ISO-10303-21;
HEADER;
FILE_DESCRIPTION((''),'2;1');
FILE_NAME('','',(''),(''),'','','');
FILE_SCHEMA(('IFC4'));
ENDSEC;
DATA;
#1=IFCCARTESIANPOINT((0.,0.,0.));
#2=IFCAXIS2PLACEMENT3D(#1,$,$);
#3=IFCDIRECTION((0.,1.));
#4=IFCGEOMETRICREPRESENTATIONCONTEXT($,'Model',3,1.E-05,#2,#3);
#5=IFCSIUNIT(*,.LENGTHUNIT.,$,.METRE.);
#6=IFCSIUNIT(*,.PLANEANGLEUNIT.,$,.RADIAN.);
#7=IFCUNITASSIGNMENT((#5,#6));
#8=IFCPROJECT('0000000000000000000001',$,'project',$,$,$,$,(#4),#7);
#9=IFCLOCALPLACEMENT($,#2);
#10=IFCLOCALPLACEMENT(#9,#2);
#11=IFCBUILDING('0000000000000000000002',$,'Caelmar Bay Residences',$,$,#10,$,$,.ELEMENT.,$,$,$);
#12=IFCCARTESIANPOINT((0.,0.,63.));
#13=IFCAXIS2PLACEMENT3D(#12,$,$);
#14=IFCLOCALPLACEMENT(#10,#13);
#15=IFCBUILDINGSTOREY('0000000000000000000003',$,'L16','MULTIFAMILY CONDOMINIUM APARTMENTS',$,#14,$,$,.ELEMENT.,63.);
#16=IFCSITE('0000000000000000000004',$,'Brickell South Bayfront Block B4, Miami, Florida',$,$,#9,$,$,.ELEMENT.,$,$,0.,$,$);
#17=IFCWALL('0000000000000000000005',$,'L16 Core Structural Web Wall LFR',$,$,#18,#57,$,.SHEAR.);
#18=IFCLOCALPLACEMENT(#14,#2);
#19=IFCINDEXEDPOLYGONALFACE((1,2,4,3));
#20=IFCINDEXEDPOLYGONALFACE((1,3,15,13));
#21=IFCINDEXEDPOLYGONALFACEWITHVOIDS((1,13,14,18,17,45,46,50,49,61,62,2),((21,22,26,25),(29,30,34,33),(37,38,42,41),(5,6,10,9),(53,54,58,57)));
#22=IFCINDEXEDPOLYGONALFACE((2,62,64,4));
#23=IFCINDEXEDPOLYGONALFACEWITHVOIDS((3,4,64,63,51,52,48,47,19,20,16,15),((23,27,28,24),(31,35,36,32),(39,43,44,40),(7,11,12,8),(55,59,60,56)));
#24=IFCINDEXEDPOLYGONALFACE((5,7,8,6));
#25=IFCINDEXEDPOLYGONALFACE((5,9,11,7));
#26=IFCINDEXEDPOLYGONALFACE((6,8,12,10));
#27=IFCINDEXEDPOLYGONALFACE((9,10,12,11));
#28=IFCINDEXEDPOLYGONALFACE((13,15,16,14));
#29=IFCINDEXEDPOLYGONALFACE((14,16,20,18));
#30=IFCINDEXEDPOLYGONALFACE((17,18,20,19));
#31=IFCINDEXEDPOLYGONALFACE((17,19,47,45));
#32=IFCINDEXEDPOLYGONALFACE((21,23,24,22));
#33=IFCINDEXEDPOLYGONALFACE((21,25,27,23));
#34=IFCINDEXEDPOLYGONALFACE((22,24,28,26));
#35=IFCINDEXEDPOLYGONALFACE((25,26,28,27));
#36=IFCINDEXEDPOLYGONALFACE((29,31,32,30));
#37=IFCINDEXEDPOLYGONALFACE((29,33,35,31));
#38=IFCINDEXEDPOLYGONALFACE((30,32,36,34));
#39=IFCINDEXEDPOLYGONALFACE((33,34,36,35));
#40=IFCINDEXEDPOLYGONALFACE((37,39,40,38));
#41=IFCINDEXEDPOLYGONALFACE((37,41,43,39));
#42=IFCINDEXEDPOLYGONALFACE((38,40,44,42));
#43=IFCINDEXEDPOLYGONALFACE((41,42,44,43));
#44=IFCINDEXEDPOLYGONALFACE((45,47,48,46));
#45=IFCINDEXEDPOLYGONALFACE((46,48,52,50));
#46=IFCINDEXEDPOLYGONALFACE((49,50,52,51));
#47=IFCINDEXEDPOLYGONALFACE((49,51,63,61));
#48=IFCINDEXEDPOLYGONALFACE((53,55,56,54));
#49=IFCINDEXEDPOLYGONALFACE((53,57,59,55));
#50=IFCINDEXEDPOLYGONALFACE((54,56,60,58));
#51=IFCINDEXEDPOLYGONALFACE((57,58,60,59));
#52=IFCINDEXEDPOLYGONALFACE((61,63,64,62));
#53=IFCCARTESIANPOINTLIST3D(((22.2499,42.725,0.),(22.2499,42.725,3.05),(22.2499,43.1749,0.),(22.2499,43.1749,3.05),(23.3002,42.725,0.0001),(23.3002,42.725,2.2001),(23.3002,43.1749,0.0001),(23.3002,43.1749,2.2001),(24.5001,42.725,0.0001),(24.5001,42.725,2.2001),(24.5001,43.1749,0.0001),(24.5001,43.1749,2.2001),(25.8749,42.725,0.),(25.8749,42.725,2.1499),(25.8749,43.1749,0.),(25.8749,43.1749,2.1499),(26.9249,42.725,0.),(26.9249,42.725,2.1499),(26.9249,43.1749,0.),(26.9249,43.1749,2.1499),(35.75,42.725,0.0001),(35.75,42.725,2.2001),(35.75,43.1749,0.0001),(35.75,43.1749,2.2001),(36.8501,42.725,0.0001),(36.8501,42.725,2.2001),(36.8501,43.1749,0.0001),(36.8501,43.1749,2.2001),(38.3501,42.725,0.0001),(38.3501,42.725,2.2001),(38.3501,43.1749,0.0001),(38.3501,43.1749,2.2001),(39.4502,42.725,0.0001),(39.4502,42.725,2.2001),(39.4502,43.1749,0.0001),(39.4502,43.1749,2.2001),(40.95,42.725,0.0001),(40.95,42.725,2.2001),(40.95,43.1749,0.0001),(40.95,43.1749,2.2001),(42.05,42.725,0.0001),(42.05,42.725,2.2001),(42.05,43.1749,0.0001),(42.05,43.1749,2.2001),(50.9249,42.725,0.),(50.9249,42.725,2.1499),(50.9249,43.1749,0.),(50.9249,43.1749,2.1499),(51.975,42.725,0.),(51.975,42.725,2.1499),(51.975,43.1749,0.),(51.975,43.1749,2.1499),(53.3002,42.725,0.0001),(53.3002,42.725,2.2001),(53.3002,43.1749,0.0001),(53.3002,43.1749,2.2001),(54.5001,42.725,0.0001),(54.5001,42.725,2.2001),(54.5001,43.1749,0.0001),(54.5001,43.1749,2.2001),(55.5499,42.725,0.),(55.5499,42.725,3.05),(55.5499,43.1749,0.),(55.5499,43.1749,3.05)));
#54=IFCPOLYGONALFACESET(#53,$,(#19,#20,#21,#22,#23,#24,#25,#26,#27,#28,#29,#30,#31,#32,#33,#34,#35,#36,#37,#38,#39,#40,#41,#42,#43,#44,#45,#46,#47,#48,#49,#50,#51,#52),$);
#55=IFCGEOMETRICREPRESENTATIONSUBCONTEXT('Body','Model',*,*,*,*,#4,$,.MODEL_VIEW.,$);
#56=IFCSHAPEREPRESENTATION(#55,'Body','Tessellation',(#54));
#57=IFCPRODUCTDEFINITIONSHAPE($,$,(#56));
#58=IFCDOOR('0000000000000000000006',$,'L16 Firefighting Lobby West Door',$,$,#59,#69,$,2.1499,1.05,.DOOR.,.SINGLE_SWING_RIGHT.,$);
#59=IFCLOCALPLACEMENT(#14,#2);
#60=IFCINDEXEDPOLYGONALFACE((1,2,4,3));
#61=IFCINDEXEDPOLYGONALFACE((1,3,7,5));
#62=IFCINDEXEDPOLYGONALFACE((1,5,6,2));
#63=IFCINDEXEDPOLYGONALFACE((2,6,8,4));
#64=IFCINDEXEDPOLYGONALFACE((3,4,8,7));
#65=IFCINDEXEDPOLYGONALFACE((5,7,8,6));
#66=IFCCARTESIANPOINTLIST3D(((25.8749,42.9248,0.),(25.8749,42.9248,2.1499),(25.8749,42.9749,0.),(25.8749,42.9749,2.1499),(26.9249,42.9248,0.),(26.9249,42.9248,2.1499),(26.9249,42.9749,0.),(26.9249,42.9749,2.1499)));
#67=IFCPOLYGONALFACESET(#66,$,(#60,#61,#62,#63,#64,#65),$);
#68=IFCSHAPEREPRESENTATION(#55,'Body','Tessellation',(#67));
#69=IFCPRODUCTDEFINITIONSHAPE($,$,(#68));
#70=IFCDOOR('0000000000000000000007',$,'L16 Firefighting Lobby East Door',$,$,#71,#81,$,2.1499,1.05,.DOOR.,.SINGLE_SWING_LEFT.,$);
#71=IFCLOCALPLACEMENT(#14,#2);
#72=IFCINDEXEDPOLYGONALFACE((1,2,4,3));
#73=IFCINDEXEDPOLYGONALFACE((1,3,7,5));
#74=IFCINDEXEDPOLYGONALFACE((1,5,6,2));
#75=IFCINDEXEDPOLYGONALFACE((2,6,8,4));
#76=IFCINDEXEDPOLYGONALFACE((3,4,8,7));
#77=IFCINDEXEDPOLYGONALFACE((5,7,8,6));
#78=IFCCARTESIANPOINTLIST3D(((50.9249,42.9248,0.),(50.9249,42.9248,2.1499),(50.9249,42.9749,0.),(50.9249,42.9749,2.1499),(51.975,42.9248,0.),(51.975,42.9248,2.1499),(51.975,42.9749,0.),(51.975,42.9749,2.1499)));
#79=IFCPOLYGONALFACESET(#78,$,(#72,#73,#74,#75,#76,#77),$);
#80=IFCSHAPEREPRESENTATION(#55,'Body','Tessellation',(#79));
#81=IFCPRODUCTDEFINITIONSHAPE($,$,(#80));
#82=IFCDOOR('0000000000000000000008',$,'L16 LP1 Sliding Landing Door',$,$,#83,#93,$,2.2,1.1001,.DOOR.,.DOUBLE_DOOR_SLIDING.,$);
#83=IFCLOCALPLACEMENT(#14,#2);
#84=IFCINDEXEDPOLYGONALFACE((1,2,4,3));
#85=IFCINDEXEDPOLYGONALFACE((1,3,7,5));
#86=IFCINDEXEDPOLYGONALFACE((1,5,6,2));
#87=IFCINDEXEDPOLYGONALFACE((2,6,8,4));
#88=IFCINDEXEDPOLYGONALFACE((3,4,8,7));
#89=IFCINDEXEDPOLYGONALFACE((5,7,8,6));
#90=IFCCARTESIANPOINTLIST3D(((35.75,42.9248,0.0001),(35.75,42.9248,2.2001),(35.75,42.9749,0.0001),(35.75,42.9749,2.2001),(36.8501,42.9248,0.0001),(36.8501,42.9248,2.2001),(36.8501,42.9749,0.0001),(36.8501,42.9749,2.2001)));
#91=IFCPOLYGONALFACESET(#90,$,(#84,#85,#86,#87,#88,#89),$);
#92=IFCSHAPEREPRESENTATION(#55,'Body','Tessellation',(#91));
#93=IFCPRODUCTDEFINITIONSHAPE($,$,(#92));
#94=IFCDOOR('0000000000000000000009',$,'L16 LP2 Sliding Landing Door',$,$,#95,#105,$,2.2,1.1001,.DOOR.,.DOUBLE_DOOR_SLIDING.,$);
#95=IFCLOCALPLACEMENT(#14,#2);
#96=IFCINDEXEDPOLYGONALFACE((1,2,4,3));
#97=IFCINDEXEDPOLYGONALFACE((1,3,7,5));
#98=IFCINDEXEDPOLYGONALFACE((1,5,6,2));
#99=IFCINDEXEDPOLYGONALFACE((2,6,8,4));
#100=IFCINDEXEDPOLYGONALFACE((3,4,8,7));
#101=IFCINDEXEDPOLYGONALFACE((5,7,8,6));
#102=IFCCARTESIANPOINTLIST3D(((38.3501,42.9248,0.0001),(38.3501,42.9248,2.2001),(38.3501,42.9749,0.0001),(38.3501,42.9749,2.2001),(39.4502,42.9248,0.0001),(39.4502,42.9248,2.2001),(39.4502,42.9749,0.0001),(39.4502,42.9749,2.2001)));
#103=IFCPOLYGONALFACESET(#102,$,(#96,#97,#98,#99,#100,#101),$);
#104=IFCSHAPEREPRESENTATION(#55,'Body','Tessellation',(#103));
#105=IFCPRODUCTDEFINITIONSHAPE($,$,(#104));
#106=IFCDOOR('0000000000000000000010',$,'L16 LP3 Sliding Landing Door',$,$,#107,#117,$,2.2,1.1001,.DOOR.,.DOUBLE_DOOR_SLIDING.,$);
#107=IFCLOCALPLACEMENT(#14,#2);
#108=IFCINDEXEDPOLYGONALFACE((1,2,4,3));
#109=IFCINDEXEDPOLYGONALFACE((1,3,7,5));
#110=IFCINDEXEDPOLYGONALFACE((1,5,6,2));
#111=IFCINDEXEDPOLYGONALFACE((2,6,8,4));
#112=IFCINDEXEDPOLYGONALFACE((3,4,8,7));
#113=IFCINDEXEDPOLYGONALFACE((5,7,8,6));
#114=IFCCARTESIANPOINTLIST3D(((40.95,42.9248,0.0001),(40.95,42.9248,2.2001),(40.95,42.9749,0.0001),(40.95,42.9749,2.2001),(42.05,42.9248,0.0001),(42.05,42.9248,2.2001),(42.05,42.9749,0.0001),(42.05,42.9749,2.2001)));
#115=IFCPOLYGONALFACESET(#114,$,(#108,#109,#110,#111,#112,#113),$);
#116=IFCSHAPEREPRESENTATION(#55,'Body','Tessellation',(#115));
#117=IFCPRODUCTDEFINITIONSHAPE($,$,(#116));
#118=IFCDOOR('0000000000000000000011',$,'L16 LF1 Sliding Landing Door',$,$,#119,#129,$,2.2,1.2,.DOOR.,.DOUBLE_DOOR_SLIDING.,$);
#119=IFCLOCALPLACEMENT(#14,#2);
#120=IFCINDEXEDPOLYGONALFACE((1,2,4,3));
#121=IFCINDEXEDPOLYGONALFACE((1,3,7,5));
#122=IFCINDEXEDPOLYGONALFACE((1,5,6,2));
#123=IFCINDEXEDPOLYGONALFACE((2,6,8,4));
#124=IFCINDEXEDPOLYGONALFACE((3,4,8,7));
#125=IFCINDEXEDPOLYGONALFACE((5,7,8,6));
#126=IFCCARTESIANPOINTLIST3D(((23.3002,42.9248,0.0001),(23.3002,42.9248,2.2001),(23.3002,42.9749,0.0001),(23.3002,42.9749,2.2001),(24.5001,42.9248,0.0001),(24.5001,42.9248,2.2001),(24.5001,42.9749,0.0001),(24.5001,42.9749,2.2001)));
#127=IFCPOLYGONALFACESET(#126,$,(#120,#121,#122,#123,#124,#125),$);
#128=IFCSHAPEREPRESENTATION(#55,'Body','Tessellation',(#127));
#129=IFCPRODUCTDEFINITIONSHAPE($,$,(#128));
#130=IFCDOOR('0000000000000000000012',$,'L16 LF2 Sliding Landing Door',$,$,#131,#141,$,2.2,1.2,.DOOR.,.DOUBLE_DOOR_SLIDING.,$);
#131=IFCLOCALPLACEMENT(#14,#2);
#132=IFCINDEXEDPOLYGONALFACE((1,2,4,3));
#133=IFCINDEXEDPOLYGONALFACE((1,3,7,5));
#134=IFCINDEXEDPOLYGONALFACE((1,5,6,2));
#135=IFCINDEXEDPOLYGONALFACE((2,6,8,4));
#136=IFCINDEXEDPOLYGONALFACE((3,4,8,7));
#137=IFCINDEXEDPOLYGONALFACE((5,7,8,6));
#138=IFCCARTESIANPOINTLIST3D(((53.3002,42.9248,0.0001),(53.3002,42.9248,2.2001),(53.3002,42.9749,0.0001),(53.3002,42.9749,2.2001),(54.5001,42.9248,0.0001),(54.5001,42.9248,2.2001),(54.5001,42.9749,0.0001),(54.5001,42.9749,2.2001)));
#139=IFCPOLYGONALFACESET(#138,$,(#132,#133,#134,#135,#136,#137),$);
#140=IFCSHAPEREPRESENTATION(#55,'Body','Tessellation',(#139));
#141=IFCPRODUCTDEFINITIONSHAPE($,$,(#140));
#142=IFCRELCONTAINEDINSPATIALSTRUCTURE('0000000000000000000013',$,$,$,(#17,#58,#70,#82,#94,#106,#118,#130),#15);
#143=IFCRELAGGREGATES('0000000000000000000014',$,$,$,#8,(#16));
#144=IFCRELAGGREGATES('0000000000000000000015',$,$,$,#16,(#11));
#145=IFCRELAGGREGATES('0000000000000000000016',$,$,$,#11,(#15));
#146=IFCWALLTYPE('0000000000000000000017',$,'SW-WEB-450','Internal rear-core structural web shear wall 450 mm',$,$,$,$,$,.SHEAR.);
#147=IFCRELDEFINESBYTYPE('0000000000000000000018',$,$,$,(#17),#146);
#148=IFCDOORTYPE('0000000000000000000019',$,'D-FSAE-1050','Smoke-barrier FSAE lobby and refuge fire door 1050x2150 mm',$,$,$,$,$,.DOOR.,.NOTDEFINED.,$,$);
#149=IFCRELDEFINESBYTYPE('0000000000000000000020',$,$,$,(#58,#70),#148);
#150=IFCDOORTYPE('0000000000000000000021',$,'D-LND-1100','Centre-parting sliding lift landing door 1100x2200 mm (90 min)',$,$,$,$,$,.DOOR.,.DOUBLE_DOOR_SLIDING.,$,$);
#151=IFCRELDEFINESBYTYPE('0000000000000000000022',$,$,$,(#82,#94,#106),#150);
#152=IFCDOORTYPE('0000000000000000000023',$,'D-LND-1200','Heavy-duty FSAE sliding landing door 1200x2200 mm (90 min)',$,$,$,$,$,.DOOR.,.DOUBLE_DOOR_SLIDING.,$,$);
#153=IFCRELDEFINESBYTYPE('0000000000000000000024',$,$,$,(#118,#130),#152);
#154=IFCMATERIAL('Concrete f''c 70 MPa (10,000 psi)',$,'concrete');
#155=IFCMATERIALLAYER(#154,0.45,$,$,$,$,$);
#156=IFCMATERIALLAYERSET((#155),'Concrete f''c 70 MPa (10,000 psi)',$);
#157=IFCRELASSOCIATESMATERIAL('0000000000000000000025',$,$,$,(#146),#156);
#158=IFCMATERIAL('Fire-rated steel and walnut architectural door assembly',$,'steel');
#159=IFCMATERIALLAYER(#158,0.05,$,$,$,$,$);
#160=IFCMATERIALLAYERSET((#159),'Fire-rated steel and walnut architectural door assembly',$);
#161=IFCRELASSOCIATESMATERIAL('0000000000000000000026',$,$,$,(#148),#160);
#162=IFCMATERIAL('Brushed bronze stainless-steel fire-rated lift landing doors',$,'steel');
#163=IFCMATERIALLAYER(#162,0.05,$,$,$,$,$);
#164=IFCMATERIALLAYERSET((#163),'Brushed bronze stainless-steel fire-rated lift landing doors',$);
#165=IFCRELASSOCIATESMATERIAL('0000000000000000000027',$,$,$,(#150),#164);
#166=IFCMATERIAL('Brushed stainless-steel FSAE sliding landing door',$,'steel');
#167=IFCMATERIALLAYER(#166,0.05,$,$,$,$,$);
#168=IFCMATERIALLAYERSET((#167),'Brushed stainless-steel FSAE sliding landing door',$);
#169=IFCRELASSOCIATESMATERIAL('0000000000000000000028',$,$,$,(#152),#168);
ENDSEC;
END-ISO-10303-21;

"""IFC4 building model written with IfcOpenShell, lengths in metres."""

from ifc_helpers import new_model, si_unit, direction, frame, frame_2d, origin, place, context, subcontext, project, spatial, rectangle, extrude, material, layer, layer_set, type_object, element, fill, save


model = new_model("IFC4")

# Units and contexts
model_context = context("Model", 3, precision=1e-05, world=origin(), true_north=direction((0.0, 1.0)))
body_context = subcontext(model_context, "Body", "Model", "MODEL_VIEW")
ifc_project = project(units=[si_unit("LENGTHUNIT", "METRE"), si_unit("PLANEANGLEUNIT", "RADIAN")], contexts=[model_context])

# Site, building, storey
site_placement = place(None, origin())
site = spatial("IfcSite", under=ifc_project, at=site_placement, Name="Brickell South Bayfront Block B4, Miami, Florida", CompositionType="ELEMENT", RefElevation=0.0)
building_placement = place(site_placement, origin())
building = spatial("IfcBuilding", under=site, at=building_placement, Name="Caelmar Bay Residences", CompositionType="ELEMENT")
storey_placement = place(building_placement, frame((0.0, 0.0, 63.0)))
storey = spatial("IfcBuildingStorey", under=building, at=storey_placement, Name="L16", Description="MULTIFAMILY CONDOMINIUM APARTMENTS", CompositionType="ELEMENT", Elevation=63.0)

# Shared definitions
ifc_material_1 = material(Name="Fire-rated steel and walnut architectural door assembly", Category="steel")

# Wall, openings, doors
ifc_material_2 = material(Name="Concrete f'c 70 MPa (10,000 psi)", Category="concrete")
ifc_layer_1 = layer(ifc_material_2, 0.45)
ifc_layer_set_1 = layer_set([ifc_layer_1], Name="Concrete f'c 70 MPa (10,000 psi)")
wall_type_1 = type_object("IfcWallType", Name="SW-WEB-450", Description="Internal rear-core structural web shear wall 450 mm", PredefinedType="SHEAR", material=ifc_layer_set_1)
wall_1_placement = place(storey_placement, frame((22.25, 42.95, 0.0), z_axis=(0.0, 0.0, 1.0), x_axis=(1.0, 0.0, 0.0)))
wall_1 = element("IfcWall", 1, at=wall_1_placement, inside=storey, type_object=wall_type_1, Name="L16 Core Structural Web Wall LFR", PredefinedType="SHEAR", context=body_context, shape_type="SweptSolid", body=[
    extrude(rectangle(XDim=33.3, YDim=0.45, at=frame_2d((16.6499, 0.0))), origin(), (0.0, 0.0, 1.0), 3.05),
])
opening_1_placement = place(wall_1_placement, frame((1.05, 0.0, 0.0)))
opening_1 = element("IfcOpeningElement", 2, at=opening_1_placement, cuts=wall_1, PredefinedType="OPENING", context=body_context, shape_type="SweptSolid", body=[
    extrude(rectangle(XDim=1.2, YDim=2.2, at=frame_2d((0.6001, 1.1001))), frame((0.0, 0.2349, 0.0), z_axis=(0.0, -1.0, 0.0), x_axis=(1.0, 0.0, 0.0)), (0.0, 0.0, 1.0), 0.47),
])
opening_2_placement = place(wall_1_placement, frame((31.05, 0.0, 0.0)))
opening_2 = element("IfcOpeningElement", 3, at=opening_2_placement, cuts=wall_1, PredefinedType="OPENING", context=body_context, shape_type="SweptSolid", body=[
    extrude(rectangle(XDim=1.2, YDim=2.2, at=frame_2d((0.6001, 1.1001))), frame((0.0, 0.2349, 0.0), z_axis=(0.0, -1.0, 0.0), x_axis=(1.0, 0.0, 0.0)), (0.0, 0.0, 1.0), 0.47),
])
opening_3_placement = place(wall_1_placement, frame((13.5, 0.0, 0.0)))
opening_3 = element("IfcOpeningElement", 4, at=opening_3_placement, cuts=wall_1, PredefinedType="OPENING", context=body_context, shape_type="SweptSolid", body=[
    extrude(rectangle(XDim=1.1001, YDim=2.2, at=frame_2d((0.55, 1.1001))), frame((0.0, 0.2349, 0.0), z_axis=(0.0, -1.0, 0.0), x_axis=(1.0, 0.0, 0.0)), (0.0, 0.0, 1.0), 0.47),
])
opening_4_placement = place(wall_1_placement, frame((16.1001, 0.0, 0.0)))
opening_4 = element("IfcOpeningElement", 5, at=opening_4_placement, cuts=wall_1, PredefinedType="OPENING", context=body_context, shape_type="SweptSolid", body=[
    extrude(rectangle(XDim=1.1001, YDim=2.2, at=frame_2d((0.55, 1.1001))), frame((0.0, 0.2349, 0.0), z_axis=(0.0, -1.0, 0.0), x_axis=(1.0, 0.0, 0.0)), (0.0, 0.0, 1.0), 0.47),
])
opening_5_placement = place(wall_1_placement, frame((18.7, 0.0, 0.0)))
opening_5 = element("IfcOpeningElement", 6, at=opening_5_placement, cuts=wall_1, PredefinedType="OPENING", context=body_context, shape_type="SweptSolid", body=[
    extrude(rectangle(XDim=1.1001, YDim=2.2, at=frame_2d((0.55, 1.1001))), frame((0.0, 0.2349, 0.0), z_axis=(0.0, -1.0, 0.0), x_axis=(1.0, 0.0, 0.0)), (0.0, 0.0, 1.0), 0.47),
])
opening_6_placement = place(wall_1_placement, frame((3.625, 0.0, 0.0)))
opening_6 = element("IfcOpeningElement", 7, at=opening_6_placement, cuts=wall_1, PredefinedType="OPENING", context=body_context, shape_type="SweptSolid", body=[
    extrude(rectangle(XDim=1.05, YDim=2.1499, at=frame_2d((0.5249, 1.075))), frame((0.0, 0.2349, 0.0), z_axis=(0.0, -1.0, 0.0), x_axis=(1.0, 0.0, 0.0)), (0.0, 0.0, 1.0), 0.47),
])
opening_7_placement = place(wall_1_placement, frame((28.675, 0.0, 0.0)))
opening_7 = element("IfcOpeningElement", 8, at=opening_7_placement, cuts=wall_1, PredefinedType="OPENING", context=body_context, shape_type="SweptSolid", body=[
    extrude(rectangle(XDim=1.05, YDim=2.1499, at=frame_2d((0.5249, 1.075))), frame((0.0, 0.2349, 0.0), z_axis=(0.0, -1.0, 0.0), x_axis=(1.0, 0.0, 0.0)), (0.0, 0.0, 1.0), 0.47),
])
ifc_layer_2 = layer(ifc_material_1, 0.05)
ifc_layer_set_2 = layer_set([ifc_layer_2], Name="Fire-rated steel and walnut architectural door assembly")
door_type_1 = type_object("IfcDoorType", Name="D-FSAE-1050", Description="Smoke-barrier FSAE lobby and refuge fire door 1050x2150 mm", OperationType="NOTDEFINED", PredefinedType="DOOR", material=ifc_layer_set_2)
door_1_placement = place(opening_6_placement, origin())
door_1 = element("IfcDoor", 9, at=door_1_placement, inside=storey, type_object=door_type_1, Name="L16 Firefighting Lobby West Door", OperationType="SINGLE_SWING_RIGHT", OverallHeight=2.1499, OverallWidth=1.05, PredefinedType="DOOR", context=body_context, shape_type="SweptSolid", body=[
    extrude(rectangle(XDim=1.05, YDim=2.1499, at=frame_2d((0.5249, 1.075))), frame((0.0, 0.0249, 0.0), z_axis=(0.0, -1.0, 0.0), x_axis=(1.0, 0.0, 0.0)), (0.0, 0.0, 1.0), 0.05),
])
fill(opening_6, door_1)
door_2_placement = place(opening_7_placement, origin())
door_2 = element("IfcDoor", 10, at=door_2_placement, inside=storey, type_object=door_type_1, Name="L16 Firefighting Lobby East Door", OperationType="SINGLE_SWING_LEFT", OverallHeight=2.1499, OverallWidth=1.05, PredefinedType="DOOR", context=body_context, shape_type="SweptSolid", body=[
    extrude(rectangle(XDim=1.05, YDim=2.1499, at=frame_2d((0.5249, 1.075))), frame((0.0, 0.0249, 0.0), z_axis=(0.0, -1.0, 0.0), x_axis=(1.0, 0.0, 0.0)), (0.0, 0.0, 1.0), 0.05),
])
fill(opening_7, door_2)
ifc_material_3 = material(Name="Brushed bronze stainless-steel fire-rated lift landing doors", Category="steel")
ifc_layer_3 = layer(ifc_material_3, 0.05)
ifc_layer_set_3 = layer_set([ifc_layer_3], Name="Brushed bronze stainless-steel fire-rated lift landing doors")
door_type_2 = type_object("IfcDoorType", Name="D-LND-1100", Description="Centre-parting sliding lift landing door 1100x2200 mm (90 min)", OperationType="DOUBLE_DOOR_SLIDING", PredefinedType="DOOR", material=ifc_layer_set_3)
door_3_placement = place(opening_3_placement, origin())
door_3 = element("IfcDoor", 11, at=door_3_placement, inside=storey, type_object=door_type_2, Name="L16 LP1 Sliding Landing Door", OperationType="DOUBLE_DOOR_SLIDING", OverallHeight=2.2, OverallWidth=1.1001, PredefinedType="DOOR", context=body_context, shape_type="SweptSolid", body=[
    extrude(rectangle(XDim=1.1001, YDim=2.2, at=frame_2d((0.55, 1.1001))), frame((0.0, 0.0249, 0.0), z_axis=(0.0, -1.0, 0.0), x_axis=(1.0, 0.0, 0.0)), (0.0, 0.0, 1.0), 0.05),
])
fill(opening_3, door_3)
door_4_placement = place(opening_4_placement, origin())
door_4 = element("IfcDoor", 12, at=door_4_placement, inside=storey, type_object=door_type_2, Name="L16 LP2 Sliding Landing Door", OperationType="DOUBLE_DOOR_SLIDING", OverallHeight=2.2, OverallWidth=1.1001, PredefinedType="DOOR", context=body_context, shape_type="SweptSolid", body=[
    extrude(rectangle(XDim=1.1001, YDim=2.2, at=frame_2d((0.55, 1.1001))), frame((0.0, 0.0249, 0.0), z_axis=(0.0, -1.0, 0.0), x_axis=(1.0, 0.0, 0.0)), (0.0, 0.0, 1.0), 0.05),
])
fill(opening_4, door_4)
door_5_placement = place(opening_5_placement, origin())
door_5 = element("IfcDoor", 13, at=door_5_placement, inside=storey, type_object=door_type_2, Name="L16 LP3 Sliding Landing Door", OperationType="DOUBLE_DOOR_SLIDING", OverallHeight=2.2, OverallWidth=1.1001, PredefinedType="DOOR", context=body_context, shape_type="SweptSolid", body=[
    extrude(rectangle(XDim=1.1001, YDim=2.2, at=frame_2d((0.55, 1.1001))), frame((0.0, 0.0249, 0.0), z_axis=(0.0, -1.0, 0.0), x_axis=(1.0, 0.0, 0.0)), (0.0, 0.0, 1.0), 0.05),
])
fill(opening_5, door_5)
ifc_material_4 = material(Name="Brushed stainless-steel FSAE sliding landing door", Category="steel")
ifc_layer_4 = layer(ifc_material_4, 0.05)
ifc_layer_set_4 = layer_set([ifc_layer_4], Name="Brushed stainless-steel FSAE sliding landing door")
door_type_3 = type_object("IfcDoorType", Name="D-LND-1200", Description="Heavy-duty FSAE sliding landing door 1200x2200 mm (90 min)", OperationType="DOUBLE_DOOR_SLIDING", PredefinedType="DOOR", material=ifc_layer_set_4)
door_6_placement = place(opening_1_placement, origin())
door_6 = element("IfcDoor", 14, at=door_6_placement, inside=storey, type_object=door_type_3, Name="L16 LF1 Sliding Landing Door", OperationType="DOUBLE_DOOR_SLIDING", OverallHeight=2.2, OverallWidth=1.2, PredefinedType="DOOR", context=body_context, shape_type="SweptSolid", body=[
    extrude(rectangle(XDim=1.2, YDim=2.2, at=frame_2d((0.6001, 1.1001))), frame((0.0, 0.0249, 0.0), z_axis=(0.0, -1.0, 0.0), x_axis=(1.0, 0.0, 0.0)), (0.0, 0.0, 1.0), 0.05),
])
fill(opening_1, door_6)
door_7_placement = place(opening_2_placement, origin())
door_7 = element("IfcDoor", 15, at=door_7_placement, inside=storey, type_object=door_type_3, Name="L16 LF2 Sliding Landing Door", OperationType="DOUBLE_DOOR_SLIDING", OverallHeight=2.2, OverallWidth=1.2, PredefinedType="DOOR", context=body_context, shape_type="SweptSolid", body=[
    extrude(rectangle(XDim=1.2, YDim=2.2, at=frame_2d((0.6001, 1.1001))), frame((0.0, 0.0249, 0.0), z_axis=(0.0, -1.0, 0.0), x_axis=(1.0, 0.0, 0.0)), (0.0, 0.0, 1.0), 0.05),
])
fill(opening_2, door_7)

save(model, "model.ifc")
